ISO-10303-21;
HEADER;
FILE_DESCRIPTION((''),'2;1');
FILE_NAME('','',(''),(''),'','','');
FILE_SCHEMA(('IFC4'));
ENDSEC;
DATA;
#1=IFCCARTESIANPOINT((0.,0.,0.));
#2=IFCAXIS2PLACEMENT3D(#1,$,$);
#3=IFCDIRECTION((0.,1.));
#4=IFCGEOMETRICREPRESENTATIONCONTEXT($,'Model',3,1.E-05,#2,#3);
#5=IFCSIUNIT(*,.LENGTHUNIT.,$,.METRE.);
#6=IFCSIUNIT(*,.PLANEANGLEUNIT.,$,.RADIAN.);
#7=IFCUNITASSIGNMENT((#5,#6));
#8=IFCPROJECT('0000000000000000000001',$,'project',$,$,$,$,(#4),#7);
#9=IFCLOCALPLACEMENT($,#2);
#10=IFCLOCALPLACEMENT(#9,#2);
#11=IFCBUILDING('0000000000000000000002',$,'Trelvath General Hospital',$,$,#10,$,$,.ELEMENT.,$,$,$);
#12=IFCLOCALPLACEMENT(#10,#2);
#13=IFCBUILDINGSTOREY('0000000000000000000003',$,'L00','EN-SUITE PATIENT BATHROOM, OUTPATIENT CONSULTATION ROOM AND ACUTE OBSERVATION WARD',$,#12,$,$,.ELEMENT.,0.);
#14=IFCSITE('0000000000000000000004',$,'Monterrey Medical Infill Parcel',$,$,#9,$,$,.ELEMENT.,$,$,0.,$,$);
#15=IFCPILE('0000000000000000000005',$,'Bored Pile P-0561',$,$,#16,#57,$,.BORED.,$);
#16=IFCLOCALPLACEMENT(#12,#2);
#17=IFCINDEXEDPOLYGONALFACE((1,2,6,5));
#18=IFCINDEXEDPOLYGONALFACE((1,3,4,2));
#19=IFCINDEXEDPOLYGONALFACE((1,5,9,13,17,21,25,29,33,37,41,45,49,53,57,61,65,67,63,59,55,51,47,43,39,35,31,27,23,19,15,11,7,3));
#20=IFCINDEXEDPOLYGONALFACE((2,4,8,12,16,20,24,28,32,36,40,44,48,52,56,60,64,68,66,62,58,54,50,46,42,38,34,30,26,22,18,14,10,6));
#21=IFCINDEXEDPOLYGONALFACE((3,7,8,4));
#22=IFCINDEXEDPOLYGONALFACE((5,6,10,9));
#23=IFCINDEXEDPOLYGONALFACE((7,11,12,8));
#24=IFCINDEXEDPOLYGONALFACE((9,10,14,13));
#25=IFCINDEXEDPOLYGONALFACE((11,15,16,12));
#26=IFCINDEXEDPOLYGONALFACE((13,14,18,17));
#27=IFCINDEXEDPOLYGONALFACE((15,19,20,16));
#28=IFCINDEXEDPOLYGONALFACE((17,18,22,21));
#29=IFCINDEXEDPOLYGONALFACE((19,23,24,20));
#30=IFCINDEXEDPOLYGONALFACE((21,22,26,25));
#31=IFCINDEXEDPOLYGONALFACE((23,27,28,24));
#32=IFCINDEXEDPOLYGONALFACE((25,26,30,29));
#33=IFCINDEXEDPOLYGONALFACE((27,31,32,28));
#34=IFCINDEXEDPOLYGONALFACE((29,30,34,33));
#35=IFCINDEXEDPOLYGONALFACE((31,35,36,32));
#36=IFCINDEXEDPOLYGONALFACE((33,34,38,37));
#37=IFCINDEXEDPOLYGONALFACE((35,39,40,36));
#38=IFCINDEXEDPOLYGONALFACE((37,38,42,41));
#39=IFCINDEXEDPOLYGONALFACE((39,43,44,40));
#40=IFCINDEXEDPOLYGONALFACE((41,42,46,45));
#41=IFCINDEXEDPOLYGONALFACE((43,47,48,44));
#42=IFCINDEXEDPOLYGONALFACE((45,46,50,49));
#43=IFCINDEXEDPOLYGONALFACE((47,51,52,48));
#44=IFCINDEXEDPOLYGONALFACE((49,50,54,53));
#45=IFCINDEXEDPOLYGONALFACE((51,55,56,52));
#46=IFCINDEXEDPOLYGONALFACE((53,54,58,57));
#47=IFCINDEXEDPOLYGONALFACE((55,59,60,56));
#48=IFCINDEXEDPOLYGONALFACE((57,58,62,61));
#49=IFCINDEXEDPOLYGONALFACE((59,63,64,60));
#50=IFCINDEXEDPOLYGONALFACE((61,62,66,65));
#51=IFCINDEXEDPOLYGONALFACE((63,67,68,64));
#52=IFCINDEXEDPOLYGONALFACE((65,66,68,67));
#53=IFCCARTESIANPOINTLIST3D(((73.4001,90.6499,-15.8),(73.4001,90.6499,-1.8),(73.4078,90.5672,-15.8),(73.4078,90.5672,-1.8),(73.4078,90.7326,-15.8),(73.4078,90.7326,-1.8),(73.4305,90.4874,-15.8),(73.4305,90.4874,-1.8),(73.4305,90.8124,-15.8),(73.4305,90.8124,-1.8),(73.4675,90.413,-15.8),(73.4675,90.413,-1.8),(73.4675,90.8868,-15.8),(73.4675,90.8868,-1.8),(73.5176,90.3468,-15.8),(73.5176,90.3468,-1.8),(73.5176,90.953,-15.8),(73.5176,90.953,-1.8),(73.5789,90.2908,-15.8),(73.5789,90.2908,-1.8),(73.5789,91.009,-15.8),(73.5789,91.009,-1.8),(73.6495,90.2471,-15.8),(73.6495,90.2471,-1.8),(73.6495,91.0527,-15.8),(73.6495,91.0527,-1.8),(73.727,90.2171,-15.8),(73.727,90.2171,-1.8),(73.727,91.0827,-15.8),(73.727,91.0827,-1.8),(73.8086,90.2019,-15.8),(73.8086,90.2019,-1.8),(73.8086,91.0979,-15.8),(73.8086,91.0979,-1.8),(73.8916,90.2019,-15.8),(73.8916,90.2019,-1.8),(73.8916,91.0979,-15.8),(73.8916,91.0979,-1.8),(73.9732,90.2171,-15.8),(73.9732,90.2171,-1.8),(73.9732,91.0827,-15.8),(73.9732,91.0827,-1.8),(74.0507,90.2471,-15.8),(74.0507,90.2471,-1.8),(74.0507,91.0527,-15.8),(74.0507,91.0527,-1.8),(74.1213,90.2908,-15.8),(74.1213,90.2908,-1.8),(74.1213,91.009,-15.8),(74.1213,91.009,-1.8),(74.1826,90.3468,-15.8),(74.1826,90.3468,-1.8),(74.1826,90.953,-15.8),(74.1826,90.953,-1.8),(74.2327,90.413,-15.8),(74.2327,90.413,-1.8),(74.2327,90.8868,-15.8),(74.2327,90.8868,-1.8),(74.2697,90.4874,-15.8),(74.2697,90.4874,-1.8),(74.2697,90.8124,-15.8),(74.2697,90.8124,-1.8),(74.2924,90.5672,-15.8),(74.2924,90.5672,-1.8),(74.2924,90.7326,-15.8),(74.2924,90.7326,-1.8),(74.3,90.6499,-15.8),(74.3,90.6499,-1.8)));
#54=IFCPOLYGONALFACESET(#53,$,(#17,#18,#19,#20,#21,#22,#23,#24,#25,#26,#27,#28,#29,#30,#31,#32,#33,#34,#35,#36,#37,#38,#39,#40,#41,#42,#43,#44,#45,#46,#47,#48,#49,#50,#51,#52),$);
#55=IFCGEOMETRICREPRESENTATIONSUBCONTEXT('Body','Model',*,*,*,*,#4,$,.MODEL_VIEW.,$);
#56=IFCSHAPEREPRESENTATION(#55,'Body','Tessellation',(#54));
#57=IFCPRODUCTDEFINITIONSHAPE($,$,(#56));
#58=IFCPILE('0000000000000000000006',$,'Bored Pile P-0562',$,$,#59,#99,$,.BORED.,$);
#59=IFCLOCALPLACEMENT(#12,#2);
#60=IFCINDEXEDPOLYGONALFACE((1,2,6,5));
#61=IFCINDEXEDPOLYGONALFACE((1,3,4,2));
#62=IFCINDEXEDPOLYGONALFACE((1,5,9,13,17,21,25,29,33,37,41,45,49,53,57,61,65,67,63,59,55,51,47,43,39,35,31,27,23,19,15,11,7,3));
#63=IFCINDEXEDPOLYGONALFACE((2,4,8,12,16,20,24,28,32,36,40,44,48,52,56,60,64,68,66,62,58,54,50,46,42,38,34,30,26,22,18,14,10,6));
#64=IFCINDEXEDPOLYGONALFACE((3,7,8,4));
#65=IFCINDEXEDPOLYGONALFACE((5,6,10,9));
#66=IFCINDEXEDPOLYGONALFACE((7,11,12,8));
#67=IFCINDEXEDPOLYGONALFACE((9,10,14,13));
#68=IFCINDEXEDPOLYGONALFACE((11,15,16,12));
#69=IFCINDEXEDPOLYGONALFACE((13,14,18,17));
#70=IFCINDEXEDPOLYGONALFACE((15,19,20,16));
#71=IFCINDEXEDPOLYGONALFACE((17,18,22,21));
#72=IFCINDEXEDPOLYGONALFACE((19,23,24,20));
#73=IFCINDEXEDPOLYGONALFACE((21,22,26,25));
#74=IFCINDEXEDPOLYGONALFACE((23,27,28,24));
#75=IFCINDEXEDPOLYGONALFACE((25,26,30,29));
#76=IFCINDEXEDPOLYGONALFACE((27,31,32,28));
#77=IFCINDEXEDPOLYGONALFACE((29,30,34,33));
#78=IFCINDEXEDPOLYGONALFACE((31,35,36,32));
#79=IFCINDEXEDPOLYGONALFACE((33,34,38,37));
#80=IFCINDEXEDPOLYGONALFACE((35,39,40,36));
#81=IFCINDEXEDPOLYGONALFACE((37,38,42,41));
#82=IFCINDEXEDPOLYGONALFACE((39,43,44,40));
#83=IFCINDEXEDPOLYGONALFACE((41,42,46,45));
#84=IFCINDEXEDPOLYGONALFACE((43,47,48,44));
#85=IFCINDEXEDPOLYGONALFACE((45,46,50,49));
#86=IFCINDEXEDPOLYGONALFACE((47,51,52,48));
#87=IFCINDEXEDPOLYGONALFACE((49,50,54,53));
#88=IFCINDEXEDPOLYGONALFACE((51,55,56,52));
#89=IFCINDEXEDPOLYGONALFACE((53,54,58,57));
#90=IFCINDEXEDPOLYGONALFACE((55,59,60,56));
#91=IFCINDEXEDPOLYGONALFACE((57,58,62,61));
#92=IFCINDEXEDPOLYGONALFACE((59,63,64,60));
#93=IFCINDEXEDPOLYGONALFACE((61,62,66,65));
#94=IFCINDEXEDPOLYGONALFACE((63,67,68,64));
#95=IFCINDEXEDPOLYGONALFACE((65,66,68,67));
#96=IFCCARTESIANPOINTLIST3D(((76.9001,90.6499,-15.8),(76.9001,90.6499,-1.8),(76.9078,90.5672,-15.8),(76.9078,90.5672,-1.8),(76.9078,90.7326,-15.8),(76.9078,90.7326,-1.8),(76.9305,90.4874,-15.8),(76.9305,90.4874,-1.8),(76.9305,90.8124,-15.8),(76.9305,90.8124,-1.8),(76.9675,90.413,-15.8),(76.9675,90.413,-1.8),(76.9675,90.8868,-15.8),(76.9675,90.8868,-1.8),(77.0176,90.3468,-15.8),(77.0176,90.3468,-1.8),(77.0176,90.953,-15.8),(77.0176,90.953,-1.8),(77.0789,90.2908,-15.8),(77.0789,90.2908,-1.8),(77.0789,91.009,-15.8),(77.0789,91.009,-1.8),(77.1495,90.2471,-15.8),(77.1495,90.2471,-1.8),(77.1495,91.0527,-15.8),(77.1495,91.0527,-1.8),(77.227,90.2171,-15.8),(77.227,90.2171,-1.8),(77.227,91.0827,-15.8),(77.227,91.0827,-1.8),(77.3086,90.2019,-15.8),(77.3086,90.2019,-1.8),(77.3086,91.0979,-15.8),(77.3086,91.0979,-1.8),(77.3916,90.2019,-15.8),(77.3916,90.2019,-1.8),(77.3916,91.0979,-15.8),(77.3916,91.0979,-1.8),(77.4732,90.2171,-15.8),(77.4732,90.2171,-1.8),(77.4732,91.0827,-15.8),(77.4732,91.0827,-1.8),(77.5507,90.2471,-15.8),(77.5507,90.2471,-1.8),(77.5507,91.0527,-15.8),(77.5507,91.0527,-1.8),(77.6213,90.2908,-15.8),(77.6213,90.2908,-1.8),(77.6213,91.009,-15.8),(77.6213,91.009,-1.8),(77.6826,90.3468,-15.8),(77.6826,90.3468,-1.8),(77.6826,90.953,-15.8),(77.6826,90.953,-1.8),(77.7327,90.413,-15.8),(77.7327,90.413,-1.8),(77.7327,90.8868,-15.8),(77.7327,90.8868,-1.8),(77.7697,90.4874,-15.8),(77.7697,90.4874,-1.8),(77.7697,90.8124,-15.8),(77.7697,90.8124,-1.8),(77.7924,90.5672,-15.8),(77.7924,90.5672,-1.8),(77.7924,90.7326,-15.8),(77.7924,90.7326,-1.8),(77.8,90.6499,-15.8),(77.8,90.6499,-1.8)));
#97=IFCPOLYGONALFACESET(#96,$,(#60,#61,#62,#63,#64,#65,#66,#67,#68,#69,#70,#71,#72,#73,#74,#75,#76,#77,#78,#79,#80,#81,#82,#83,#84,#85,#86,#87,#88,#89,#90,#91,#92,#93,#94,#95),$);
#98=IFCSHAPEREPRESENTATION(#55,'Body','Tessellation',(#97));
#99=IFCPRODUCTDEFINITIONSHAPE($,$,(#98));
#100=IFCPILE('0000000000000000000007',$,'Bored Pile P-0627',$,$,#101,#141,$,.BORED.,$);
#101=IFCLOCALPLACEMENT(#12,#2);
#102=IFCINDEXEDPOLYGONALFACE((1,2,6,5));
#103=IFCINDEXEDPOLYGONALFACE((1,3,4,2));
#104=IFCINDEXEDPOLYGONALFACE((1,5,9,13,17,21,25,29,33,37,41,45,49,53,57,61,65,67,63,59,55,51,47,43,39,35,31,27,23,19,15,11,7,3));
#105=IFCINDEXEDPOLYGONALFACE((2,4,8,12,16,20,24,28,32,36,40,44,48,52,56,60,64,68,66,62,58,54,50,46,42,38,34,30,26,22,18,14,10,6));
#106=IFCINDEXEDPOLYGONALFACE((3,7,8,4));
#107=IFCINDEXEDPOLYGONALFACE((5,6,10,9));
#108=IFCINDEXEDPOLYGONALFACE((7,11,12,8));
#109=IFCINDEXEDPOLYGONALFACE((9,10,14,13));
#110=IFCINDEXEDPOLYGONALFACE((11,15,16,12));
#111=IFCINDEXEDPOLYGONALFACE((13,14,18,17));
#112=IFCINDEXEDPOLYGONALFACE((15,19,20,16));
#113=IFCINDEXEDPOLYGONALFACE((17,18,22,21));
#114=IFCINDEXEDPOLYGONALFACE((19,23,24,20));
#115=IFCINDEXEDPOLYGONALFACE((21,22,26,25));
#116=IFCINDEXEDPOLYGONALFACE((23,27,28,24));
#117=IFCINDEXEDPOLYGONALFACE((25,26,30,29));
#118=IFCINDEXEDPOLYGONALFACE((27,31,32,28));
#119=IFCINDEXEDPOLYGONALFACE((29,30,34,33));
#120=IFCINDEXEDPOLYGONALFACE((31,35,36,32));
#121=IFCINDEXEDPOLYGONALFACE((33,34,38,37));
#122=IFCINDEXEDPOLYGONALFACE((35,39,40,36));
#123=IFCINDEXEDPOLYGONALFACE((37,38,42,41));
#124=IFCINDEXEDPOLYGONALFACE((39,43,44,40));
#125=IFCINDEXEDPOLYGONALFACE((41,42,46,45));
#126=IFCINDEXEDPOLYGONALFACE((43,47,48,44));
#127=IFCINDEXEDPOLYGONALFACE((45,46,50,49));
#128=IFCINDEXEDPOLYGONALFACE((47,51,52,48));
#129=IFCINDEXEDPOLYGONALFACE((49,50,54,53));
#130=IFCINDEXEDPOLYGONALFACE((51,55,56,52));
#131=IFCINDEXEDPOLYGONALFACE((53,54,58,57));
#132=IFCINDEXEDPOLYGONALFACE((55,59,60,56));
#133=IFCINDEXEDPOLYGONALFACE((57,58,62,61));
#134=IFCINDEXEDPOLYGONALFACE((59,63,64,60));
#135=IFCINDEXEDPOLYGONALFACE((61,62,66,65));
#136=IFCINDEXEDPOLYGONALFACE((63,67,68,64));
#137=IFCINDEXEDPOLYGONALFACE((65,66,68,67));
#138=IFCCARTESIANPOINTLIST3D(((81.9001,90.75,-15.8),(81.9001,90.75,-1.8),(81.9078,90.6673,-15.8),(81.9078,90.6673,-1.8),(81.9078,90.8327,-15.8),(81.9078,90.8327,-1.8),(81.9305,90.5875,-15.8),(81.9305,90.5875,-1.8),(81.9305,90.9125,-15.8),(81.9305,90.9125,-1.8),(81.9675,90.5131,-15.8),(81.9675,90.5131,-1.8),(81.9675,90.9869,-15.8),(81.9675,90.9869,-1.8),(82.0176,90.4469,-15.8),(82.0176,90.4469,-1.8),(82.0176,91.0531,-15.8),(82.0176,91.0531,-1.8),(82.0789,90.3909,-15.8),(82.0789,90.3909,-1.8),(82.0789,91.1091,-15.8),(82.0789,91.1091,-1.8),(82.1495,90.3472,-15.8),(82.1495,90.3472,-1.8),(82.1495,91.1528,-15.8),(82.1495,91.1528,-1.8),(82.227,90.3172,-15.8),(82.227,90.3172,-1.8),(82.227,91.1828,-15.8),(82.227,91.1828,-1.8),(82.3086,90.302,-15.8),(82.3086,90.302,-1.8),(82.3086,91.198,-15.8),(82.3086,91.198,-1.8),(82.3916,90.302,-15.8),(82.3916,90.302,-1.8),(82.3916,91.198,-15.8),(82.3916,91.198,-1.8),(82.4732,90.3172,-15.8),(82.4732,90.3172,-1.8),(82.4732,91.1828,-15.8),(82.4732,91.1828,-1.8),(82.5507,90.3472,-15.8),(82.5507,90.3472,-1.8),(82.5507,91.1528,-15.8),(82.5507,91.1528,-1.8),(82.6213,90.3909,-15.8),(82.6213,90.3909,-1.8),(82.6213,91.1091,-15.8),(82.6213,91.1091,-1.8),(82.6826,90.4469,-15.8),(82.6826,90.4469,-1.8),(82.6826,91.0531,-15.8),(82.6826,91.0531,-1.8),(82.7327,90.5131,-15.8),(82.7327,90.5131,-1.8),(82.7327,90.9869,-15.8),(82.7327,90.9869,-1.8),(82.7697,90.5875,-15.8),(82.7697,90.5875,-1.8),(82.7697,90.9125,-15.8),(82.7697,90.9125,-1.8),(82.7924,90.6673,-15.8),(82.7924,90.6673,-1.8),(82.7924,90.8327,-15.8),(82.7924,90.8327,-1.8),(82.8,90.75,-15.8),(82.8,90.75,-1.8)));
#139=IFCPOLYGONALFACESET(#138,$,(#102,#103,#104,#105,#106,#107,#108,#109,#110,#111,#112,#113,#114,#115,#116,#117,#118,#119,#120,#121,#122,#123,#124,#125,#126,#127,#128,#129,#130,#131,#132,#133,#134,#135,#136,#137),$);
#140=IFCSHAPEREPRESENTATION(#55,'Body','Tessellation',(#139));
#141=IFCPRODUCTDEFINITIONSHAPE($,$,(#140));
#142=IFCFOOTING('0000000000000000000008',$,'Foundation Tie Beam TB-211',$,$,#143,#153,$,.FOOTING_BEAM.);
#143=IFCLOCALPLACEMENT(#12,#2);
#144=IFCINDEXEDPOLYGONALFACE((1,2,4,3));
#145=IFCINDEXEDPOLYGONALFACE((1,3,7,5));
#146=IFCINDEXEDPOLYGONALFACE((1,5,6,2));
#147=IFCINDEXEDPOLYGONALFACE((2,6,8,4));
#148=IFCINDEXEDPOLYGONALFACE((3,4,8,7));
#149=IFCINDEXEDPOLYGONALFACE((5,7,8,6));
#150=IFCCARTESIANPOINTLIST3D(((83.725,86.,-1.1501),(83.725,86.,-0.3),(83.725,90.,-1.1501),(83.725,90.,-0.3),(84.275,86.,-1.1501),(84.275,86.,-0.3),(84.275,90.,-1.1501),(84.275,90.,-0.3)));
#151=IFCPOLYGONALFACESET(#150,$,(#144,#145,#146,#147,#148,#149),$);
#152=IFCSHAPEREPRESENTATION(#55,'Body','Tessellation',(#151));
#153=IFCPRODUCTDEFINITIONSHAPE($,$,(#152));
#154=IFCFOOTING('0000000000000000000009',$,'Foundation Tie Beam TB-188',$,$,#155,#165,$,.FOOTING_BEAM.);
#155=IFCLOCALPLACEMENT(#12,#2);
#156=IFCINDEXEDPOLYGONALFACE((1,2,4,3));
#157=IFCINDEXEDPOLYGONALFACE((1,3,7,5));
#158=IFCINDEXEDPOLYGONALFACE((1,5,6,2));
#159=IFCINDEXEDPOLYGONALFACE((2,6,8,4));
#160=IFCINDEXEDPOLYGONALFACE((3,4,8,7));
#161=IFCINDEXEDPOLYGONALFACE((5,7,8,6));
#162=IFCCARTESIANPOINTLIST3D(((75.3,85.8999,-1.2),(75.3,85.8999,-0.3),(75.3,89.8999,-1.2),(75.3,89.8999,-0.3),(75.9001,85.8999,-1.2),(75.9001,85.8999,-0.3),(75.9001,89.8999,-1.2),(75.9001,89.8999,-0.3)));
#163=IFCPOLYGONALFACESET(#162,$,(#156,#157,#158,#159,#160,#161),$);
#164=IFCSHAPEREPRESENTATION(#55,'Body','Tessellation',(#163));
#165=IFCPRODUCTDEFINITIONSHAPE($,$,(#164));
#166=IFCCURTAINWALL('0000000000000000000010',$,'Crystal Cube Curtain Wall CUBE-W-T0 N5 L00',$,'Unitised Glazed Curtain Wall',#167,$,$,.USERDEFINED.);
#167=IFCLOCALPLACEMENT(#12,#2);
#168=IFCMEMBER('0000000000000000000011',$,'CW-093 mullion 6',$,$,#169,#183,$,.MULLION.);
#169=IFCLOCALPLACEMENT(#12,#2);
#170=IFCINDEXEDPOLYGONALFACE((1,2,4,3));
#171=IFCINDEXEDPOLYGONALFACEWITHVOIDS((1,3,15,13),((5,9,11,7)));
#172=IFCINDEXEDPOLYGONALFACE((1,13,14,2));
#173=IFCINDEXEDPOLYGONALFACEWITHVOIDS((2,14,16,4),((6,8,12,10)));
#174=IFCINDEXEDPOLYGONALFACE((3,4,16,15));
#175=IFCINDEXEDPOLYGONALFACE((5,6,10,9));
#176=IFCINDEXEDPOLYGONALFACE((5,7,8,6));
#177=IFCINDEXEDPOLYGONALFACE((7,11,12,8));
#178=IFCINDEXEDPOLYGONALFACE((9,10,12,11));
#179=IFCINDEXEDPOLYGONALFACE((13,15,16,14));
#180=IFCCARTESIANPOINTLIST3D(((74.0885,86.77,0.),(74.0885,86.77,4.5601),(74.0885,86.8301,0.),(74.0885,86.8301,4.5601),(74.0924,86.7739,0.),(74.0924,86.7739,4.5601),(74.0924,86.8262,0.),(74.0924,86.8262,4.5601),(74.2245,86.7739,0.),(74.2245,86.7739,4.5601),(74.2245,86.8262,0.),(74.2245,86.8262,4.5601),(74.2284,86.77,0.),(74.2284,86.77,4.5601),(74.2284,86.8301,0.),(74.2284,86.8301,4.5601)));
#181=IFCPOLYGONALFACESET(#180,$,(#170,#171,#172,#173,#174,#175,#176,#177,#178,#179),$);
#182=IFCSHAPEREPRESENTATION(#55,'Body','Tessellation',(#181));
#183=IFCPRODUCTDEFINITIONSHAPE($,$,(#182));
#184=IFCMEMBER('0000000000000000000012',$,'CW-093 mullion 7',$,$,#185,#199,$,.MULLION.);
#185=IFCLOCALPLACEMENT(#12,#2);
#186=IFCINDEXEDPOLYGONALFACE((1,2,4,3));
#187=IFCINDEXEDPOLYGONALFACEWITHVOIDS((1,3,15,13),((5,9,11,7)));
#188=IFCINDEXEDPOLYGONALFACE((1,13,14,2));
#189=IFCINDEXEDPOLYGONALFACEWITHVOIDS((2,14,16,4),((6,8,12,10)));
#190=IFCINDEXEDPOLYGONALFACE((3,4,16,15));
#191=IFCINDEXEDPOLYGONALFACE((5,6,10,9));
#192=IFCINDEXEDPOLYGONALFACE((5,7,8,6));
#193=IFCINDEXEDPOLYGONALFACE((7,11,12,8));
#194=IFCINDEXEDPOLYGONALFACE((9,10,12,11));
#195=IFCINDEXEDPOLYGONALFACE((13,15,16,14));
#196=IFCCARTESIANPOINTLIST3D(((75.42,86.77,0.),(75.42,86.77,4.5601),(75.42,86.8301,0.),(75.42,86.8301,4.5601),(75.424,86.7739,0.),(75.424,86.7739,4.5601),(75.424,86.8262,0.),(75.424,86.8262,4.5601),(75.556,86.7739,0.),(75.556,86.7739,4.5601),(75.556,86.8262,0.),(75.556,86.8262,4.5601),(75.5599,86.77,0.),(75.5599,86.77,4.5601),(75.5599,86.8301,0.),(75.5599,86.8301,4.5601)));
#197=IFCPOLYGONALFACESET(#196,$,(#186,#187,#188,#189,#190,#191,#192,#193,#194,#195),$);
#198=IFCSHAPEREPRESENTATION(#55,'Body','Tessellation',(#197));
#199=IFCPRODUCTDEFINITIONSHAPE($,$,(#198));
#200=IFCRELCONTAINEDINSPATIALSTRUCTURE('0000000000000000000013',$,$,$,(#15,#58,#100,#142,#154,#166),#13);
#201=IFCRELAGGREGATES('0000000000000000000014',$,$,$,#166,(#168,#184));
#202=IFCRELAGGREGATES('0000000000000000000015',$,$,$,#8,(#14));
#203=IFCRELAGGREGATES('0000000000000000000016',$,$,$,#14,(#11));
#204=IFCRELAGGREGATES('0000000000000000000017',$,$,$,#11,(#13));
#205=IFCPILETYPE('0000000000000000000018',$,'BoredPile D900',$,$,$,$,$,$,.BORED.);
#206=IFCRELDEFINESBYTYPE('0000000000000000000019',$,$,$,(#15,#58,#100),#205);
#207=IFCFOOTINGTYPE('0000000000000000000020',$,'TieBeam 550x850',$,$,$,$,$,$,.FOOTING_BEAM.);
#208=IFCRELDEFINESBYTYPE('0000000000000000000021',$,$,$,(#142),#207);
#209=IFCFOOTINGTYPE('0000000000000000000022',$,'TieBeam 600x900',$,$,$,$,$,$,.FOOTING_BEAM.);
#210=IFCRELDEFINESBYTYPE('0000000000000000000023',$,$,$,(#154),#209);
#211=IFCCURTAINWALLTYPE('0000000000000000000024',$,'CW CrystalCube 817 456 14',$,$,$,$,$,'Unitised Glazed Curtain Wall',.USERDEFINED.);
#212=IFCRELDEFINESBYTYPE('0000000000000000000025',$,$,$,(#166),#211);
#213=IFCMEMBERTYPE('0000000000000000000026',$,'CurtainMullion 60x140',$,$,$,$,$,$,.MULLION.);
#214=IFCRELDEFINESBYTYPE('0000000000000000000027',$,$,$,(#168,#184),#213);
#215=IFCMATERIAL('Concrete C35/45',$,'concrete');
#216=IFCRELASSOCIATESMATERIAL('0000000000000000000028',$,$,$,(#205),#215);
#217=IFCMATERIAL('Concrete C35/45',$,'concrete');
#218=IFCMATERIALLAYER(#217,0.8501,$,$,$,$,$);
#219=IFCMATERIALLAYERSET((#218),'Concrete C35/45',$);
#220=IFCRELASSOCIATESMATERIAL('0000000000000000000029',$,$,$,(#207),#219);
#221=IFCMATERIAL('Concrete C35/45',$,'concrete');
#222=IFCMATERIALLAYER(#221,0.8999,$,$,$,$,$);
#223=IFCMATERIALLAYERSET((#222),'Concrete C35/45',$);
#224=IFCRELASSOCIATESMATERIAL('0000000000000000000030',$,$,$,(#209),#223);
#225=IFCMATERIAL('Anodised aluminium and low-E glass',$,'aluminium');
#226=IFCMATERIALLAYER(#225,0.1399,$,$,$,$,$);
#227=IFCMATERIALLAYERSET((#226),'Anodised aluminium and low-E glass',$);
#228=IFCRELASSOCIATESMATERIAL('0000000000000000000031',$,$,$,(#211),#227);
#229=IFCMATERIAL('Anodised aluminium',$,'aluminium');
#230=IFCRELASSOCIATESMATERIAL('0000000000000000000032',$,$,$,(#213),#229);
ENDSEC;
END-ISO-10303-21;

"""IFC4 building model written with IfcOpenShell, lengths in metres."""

from ifc_helpers import new_model, si_unit, direction, frame, origin, origin_2d, place, context, subcontext, project, spatial, rectangle, hollow_rectangle, circle, extrude, material, layer, layer_set, material_profile, profile_set, type_object, element, aggregate, save


model = new_model("IFC4")

# Units and contexts
model_context = context("Model", 3, precision=1e-05, world=origin(), true_north=direction((0.0, 1.0)))
body_context = subcontext(model_context, "Body", "Model", "MODEL_VIEW")
ifc_project = project(units=[si_unit("LENGTHUNIT", "METRE"), si_unit("PLANEANGLEUNIT", "RADIAN")], contexts=[model_context])

# Site, building, storey
site_placement = place(None, origin())
site = spatial("IfcSite", under=ifc_project, at=site_placement, Name="Monterrey Medical Infill Parcel", CompositionType="ELEMENT", RefElevation=0.0)
building_placement = place(site_placement, origin())
building = spatial("IfcBuilding", under=site, at=building_placement, Name="Trelvath General Hospital", CompositionType="ELEMENT")
storey_placement = place(building_placement, origin())
storey = spatial("IfcBuildingStorey", under=building, at=storey_placement, Name="L00", Description="EN-SUITE PATIENT BATHROOM, OUTPATIENT CONSULTATION ROOM AND ACUTE OBSERVATION WARD", CompositionType="ELEMENT", Elevation=0.0)

# Piles
ifc_material_1 = material(Name="Concrete C35/45", Category="concrete")
ifc_material_profile_1 = material_profile(ifc_material_1, circle(Radius=0.45, at=origin_2d()), Name="PILE900")
ifc_profile_set_1 = profile_set([ifc_material_profile_1], Name="Concrete C35/45")
pile_type = type_object("IfcPileType", Name="BoredPile D900", PredefinedType="BORED", material=ifc_profile_set_1)
for number, where, z_axis, x_axis, name in (
    (1, (73.8501, 90.6499, -1.8), (0.0, 0.0, -1.0), (1.0, 0.0, 0.0), "Bored Pile P-0561"),
    (2, (77.3501, 90.6499, -1.8), (0.0, 0.0, -1.0), (1.0, 0.0, 0.0), "Bored Pile P-0562"),
    (3, (82.3501, 90.75, -1.8), (0.0, 0.0, -1.0), (1.0, 0.0, 0.0), "Bored Pile P-0627"),
):
    element("IfcPile", number, at=place(storey_placement, frame(where, z_axis=z_axis, x_axis=x_axis)), inside=storey, type_object=pile_type, Name=name, PredefinedType="BORED", context=body_context, shape_type="SweptSolid", body=[
        extrude(circle(Radius=0.45, at=origin_2d()), origin(), (0.0, 0.0, 1.0), 14.0),
    ])

# Footings
ifc_material_2 = material(Name="Concrete C35/45", Category="concrete")
ifc_layer_1 = layer(ifc_material_2, 0.8501)
ifc_layer_set_1 = layer_set([ifc_layer_1], Name="Concrete C35/45")
footing_type_1 = type_object("IfcFootingType", Name="TieBeam 550x850", PredefinedType="FOOTING_BEAM", material=ifc_layer_set_1)
footing_1_placement = place(storey_placement, frame((84.0, 88.0, -1.1501), z_axis=(0.0, 0.0, 1.0), x_axis=(1.0, 0.0, 0.0)))
element("IfcFooting", 4, at=footing_1_placement, inside=storey, type_object=footing_type_1, Name="Foundation Tie Beam TB-211", PredefinedType="FOOTING_BEAM", context=body_context, shape_type="SweptSolid", body=[
    extrude(rectangle(XDim=0.55, YDim=4.0, at=origin_2d()), origin(), (0.0, 0.0, 1.0), 0.8501),
])
ifc_material_3 = material(Name="Concrete C35/45", Category="concrete")
ifc_layer_2 = layer(ifc_material_3, 0.8999)
ifc_layer_set_2 = layer_set([ifc_layer_2], Name="Concrete C35/45")
footing_type_2 = type_object("IfcFootingType", Name="TieBeam 600x900", PredefinedType="FOOTING_BEAM", material=ifc_layer_set_2)
footing_2_placement = place(storey_placement, frame((75.6001, 87.8999, -1.2), z_axis=(0.0, 0.0, 1.0), x_axis=(1.0, 0.0, 0.0)))
element("IfcFooting", 5, at=footing_2_placement, inside=storey, type_object=footing_type_2, Name="Foundation Tie Beam TB-188", PredefinedType="FOOTING_BEAM", context=body_context, shape_type="SweptSolid", body=[
    extrude(rectangle(XDim=0.6001, YDim=4.0, at=origin_2d()), origin(), (0.0, 0.0, 1.0), 0.8999),
])

# Curtain wall, members
ifc_material_4 = material(Name="Anodised aluminium and low-E glass", Category="aluminium")
ifc_layer_3 = layer(ifc_material_4, 0.1399)
ifc_layer_set_3 = layer_set([ifc_layer_3], Name="Anodised aluminium and low-E glass")
curtain_wall_type = type_object("IfcCurtainWallType", Name="CW CrystalCube 817 456 14", ElementType="Unitised Glazed Curtain Wall", PredefinedType="USERDEFINED", material=ifc_layer_set_3)
curtain_wall_placement = place(storey_placement, origin())
curtain_wall = element("IfcCurtainWall", 6, at=curtain_wall_placement, inside=storey, type_object=curtain_wall_type, Name="Crystal Cube Curtain Wall CUBE-W-T0 N5 L00", ObjectType="Unitised Glazed Curtain Wall", PredefinedType="USERDEFINED")
ifc_material_5 = material(Name="Anodised aluminium", Category="aluminium")
ifc_material_profile_2 = material_profile(ifc_material_5, hollow_rectangle(XDim=0.0601, YDim=0.1399, WallThickness=0.0039, at=origin_2d()), Name="RHS60x140x4")
ifc_profile_set_2 = profile_set([ifc_material_profile_2], Name="Anodised aluminium")
member_type_1 = type_object("IfcMemberType", Name="CurtainMullion 60x140", PredefinedType="MULLION", material=ifc_profile_set_2)
member_1_placement = place(storey_placement, frame((74.1584, 86.8, 0.0), z_axis=(0.0, 0.0, 1.0), x_axis=(0.0, 1.0, 0.0)))
member_1 = element("IfcMember", 7, at=member_1_placement, type_object=member_type_1, Name="CW-093 mullion 6", PredefinedType="MULLION", context=body_context, shape_type="SweptSolid", body=[
    extrude(hollow_rectangle(XDim=0.0601, YDim=0.1399, WallThickness=0.0039, at=origin_2d()), origin(), (0.0, 0.0, 1.0), 4.5601),
])
member_2_placement = place(storey_placement, frame((75.49, 86.8, 0.0), z_axis=(0.0, 0.0, 1.0), x_axis=(0.0, 1.0, 0.0)))
member_2 = element("IfcMember", 8, at=member_2_placement, type_object=member_type_1, Name="CW-093 mullion 7", PredefinedType="MULLION", context=body_context, shape_type="SweptSolid", body=[
    extrude(hollow_rectangle(XDim=0.0601, YDim=0.1399, WallThickness=0.0039, at=origin_2d()), origin(), (0.0, 0.0, 1.0), 4.5601),
])

aggregate(curtain_wall, [member_1, member_2])

save(model, "model.ifc")
